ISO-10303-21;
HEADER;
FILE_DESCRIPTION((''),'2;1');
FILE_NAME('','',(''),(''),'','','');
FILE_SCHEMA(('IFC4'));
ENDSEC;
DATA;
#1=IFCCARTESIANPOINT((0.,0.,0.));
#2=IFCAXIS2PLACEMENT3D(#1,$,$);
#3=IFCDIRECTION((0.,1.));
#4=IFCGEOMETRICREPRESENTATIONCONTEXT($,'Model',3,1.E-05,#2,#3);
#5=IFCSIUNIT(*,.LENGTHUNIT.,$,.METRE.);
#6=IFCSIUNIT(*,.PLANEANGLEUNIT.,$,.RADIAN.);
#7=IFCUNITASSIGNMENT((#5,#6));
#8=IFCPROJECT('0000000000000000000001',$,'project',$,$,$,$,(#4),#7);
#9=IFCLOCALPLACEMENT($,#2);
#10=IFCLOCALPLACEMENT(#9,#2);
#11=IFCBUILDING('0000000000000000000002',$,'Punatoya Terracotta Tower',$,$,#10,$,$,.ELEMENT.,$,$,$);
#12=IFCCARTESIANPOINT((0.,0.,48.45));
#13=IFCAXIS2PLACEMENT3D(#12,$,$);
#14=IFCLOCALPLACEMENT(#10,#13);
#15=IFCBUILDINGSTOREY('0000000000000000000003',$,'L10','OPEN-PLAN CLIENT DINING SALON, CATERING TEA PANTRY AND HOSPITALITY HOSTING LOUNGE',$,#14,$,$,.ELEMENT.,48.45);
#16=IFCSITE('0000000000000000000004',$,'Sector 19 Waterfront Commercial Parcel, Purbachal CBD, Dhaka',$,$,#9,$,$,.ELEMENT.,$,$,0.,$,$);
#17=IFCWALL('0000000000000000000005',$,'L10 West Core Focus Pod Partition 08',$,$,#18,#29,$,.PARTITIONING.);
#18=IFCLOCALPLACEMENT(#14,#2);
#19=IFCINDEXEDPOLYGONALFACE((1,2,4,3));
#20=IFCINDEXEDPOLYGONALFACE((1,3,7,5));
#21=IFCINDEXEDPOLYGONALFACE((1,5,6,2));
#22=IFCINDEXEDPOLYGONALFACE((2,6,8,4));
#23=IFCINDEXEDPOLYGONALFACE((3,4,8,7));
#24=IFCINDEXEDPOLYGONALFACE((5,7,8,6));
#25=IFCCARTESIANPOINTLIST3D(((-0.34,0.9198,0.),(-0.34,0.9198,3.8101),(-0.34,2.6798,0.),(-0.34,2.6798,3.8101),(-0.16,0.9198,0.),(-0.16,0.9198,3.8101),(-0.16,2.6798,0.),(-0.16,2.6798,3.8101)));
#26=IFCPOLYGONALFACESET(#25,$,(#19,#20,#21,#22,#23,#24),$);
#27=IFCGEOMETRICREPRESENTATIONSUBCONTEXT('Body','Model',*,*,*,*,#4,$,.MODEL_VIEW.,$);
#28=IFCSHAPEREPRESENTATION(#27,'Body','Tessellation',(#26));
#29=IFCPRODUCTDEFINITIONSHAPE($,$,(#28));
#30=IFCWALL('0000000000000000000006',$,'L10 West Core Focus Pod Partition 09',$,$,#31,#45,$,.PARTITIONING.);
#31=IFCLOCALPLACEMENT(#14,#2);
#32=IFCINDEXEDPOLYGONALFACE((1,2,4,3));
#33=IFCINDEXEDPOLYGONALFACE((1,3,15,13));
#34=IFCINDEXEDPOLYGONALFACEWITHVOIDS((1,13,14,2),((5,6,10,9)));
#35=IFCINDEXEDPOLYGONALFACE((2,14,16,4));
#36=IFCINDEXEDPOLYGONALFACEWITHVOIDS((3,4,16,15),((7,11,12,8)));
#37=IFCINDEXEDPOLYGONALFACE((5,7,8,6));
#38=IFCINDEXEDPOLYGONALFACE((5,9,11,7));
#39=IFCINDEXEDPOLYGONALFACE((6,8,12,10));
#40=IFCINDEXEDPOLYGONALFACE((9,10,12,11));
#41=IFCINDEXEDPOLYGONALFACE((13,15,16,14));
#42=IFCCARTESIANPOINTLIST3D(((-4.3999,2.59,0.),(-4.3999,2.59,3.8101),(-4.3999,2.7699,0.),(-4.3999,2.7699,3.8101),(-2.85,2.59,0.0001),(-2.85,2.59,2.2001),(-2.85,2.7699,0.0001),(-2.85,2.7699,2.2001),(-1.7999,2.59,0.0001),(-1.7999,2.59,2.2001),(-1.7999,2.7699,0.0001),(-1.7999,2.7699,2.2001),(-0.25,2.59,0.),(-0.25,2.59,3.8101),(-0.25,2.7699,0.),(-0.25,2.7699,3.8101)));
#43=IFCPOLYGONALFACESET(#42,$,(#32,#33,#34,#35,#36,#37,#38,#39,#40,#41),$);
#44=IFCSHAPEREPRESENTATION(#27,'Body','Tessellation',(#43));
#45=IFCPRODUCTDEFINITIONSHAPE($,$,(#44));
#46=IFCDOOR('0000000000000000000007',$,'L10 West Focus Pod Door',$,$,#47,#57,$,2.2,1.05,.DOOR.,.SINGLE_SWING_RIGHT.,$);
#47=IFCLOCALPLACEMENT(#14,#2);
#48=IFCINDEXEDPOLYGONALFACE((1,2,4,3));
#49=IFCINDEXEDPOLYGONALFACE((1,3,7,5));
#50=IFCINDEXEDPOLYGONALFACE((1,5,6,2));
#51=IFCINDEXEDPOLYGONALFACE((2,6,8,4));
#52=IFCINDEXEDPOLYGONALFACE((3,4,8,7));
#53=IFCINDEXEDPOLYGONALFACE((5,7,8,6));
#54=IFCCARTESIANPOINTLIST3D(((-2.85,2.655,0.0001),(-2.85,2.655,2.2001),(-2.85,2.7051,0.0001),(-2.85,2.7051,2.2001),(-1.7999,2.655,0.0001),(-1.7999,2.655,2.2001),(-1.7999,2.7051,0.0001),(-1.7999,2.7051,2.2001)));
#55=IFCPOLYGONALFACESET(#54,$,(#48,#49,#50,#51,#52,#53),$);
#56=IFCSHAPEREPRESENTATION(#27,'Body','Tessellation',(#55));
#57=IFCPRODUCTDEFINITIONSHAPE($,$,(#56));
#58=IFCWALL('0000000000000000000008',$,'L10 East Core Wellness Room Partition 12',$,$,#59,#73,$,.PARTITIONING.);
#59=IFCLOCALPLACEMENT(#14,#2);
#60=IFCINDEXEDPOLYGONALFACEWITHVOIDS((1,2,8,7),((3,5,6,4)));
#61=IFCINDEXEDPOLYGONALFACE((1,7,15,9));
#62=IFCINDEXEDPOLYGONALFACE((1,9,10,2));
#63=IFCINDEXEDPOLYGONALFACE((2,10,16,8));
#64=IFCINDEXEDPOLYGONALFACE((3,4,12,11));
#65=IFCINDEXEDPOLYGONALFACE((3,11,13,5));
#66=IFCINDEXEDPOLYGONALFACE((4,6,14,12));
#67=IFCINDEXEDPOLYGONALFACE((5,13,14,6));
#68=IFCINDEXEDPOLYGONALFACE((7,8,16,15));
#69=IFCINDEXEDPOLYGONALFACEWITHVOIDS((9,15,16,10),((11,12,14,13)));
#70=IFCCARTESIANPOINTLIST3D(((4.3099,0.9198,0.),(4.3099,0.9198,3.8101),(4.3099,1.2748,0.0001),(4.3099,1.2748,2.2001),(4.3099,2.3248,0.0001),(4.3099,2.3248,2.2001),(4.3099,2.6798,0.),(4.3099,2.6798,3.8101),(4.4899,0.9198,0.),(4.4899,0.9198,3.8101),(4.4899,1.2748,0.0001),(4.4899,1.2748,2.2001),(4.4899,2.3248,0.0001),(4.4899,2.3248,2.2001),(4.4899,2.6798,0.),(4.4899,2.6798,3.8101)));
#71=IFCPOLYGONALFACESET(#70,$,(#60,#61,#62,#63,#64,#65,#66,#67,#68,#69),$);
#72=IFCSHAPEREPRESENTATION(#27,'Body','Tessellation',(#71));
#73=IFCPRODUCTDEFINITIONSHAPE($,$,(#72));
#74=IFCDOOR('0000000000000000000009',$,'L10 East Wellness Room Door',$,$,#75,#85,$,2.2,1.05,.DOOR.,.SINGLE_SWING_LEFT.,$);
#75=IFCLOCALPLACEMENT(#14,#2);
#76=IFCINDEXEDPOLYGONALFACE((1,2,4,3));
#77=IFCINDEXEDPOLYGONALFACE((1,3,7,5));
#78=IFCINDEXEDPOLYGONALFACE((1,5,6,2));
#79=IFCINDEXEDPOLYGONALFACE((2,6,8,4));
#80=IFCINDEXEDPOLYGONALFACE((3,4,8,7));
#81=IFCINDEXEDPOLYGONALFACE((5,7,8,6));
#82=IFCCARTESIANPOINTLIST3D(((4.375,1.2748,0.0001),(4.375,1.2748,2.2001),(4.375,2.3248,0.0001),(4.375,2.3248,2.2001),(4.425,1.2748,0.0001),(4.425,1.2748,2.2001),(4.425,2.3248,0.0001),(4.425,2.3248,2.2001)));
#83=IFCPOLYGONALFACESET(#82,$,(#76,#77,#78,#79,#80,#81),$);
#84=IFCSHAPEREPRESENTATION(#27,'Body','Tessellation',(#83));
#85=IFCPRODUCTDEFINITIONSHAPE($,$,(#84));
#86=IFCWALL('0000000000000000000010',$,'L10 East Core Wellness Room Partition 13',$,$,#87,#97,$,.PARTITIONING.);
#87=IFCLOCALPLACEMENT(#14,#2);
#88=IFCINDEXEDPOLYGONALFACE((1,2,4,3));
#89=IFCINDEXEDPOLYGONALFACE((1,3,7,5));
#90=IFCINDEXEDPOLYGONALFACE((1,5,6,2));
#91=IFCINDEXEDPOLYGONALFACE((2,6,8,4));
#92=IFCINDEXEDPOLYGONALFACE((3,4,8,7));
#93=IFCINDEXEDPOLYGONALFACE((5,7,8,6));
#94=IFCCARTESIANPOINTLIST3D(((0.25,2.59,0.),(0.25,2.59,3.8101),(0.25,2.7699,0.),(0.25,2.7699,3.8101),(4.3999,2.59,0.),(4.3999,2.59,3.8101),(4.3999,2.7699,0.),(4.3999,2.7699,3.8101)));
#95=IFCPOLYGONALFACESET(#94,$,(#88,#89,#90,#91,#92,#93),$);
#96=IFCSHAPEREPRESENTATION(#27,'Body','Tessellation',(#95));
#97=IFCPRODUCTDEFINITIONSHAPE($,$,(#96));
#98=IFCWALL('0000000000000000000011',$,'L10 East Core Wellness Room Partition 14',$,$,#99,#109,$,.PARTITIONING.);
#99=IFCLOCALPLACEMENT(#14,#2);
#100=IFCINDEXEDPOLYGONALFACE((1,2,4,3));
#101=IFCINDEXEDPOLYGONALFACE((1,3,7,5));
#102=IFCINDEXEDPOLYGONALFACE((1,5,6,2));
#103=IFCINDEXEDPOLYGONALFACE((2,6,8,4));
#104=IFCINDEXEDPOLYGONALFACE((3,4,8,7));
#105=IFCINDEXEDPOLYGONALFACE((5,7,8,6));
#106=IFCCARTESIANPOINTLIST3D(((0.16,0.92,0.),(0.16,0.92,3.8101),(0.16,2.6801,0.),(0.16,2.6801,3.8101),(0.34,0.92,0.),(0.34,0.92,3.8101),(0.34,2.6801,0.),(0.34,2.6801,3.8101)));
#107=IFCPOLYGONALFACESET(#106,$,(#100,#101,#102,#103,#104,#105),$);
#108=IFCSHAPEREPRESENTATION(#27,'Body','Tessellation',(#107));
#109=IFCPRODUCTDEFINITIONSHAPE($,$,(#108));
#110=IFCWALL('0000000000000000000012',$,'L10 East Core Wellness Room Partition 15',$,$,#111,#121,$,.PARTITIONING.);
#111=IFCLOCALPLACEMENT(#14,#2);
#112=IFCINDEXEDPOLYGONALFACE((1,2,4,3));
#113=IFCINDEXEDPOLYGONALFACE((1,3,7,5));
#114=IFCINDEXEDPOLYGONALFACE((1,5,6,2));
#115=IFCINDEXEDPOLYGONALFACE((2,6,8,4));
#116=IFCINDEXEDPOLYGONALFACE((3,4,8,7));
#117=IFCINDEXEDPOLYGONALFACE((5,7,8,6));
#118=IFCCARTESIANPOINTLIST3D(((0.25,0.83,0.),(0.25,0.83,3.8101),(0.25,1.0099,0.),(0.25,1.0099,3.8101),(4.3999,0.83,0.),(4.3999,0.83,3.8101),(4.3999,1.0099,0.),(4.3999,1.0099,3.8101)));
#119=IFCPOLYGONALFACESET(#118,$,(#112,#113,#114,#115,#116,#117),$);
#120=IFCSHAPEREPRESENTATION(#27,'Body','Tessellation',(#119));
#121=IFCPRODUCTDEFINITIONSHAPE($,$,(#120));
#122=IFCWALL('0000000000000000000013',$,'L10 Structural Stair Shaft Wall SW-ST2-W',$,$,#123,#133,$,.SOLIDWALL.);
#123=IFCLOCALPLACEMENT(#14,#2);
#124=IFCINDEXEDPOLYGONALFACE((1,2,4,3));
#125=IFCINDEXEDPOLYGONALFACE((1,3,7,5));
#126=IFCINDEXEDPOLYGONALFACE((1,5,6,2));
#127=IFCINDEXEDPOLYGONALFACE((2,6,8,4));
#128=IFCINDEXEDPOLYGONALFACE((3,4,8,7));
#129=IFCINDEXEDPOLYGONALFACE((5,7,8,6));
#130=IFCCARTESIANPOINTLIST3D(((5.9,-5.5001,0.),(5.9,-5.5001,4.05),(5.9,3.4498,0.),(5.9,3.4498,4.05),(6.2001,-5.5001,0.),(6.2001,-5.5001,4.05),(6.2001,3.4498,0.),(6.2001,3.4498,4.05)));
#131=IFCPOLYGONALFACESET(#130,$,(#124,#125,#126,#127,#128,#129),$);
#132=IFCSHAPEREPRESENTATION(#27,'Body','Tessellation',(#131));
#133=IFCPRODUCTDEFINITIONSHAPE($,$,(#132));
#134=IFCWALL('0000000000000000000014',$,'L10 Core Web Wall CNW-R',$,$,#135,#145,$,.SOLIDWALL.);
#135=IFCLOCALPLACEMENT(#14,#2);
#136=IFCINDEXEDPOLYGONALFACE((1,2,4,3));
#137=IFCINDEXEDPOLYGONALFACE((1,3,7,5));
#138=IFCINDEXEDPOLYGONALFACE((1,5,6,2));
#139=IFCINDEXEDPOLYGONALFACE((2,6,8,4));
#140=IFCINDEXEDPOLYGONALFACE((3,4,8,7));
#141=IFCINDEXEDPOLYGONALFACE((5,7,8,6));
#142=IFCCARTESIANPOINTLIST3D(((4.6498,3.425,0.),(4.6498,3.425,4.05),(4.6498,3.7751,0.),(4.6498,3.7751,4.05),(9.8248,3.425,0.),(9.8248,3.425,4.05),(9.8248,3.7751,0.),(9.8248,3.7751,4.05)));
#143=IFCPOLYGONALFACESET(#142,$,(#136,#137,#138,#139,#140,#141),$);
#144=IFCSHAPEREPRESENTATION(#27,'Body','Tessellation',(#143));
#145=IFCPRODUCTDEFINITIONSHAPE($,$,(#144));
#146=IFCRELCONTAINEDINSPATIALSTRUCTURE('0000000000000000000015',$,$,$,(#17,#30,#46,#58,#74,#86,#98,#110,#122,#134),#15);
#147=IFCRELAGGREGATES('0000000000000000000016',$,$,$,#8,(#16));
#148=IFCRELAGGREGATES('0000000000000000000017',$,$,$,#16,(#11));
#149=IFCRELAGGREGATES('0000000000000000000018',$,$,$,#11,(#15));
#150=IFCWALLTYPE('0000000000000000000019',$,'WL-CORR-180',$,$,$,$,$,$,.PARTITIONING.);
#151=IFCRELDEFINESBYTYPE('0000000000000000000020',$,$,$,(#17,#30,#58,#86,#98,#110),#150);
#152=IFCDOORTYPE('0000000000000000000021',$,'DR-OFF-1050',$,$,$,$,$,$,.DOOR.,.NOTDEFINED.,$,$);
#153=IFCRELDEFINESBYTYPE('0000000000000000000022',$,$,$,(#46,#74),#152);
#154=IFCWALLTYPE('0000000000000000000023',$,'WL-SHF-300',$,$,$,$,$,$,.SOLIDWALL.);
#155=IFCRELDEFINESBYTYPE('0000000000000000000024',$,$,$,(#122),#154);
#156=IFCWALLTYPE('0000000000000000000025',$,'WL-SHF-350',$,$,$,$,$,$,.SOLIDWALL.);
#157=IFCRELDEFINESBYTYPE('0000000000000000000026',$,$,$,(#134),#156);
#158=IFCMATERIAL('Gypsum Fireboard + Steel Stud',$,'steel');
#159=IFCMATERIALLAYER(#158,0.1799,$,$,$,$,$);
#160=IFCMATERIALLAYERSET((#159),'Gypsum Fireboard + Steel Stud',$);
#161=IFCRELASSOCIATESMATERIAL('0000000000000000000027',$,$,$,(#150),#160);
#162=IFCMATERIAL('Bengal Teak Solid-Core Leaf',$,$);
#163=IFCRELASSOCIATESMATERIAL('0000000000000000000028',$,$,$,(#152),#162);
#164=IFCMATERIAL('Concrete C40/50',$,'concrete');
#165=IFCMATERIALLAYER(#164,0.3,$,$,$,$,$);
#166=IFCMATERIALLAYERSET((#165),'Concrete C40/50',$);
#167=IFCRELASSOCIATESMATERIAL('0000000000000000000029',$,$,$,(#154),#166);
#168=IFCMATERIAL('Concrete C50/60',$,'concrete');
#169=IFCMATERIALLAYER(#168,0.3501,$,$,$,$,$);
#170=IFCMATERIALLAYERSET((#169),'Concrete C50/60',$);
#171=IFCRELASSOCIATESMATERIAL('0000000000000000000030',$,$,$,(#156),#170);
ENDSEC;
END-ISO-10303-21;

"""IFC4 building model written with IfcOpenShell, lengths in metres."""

from ifc_helpers import new_model, si_unit, direction, frame, frame_2d, origin, place, context, subcontext, project, spatial, rectangle, extrude, material, layer, layer_set, type_object, element, fill, save


model = new_model("IFC4")

# Units and contexts
model_context = context("Model", 3, precision=1e-05, world=origin(), true_north=direction((0.0, 1.0)))
body_context = subcontext(model_context, "Body", "Model", "MODEL_VIEW")
ifc_project = project(units=[si_unit("LENGTHUNIT", "METRE"), si_unit("PLANEANGLEUNIT", "RADIAN")], contexts=[model_context])

# Site, building, storey
site_placement = place(None, origin())
site = spatial("IfcSite", under=ifc_project, at=site_placement, Name="Sector 19 Waterfront Commercial Parcel, Purbachal CBD, Dhaka", CompositionType="ELEMENT", RefElevation=0.0)
building_placement = place(site_placement, origin())
building = spatial("IfcBuilding", under=site, at=building_placement, Name="Punatoya Terracotta Tower", CompositionType="ELEMENT")
storey_placement = place(building_placement, frame((0.0, 0.0, 48.45)))
storey = spatial("IfcBuildingStorey", under=building, at=storey_placement, Name="L10", Description="OPEN-PLAN CLIENT DINING SALON, CATERING TEA PANTRY AND HOSPITALITY HOSTING LOUNGE", CompositionType="ELEMENT", Elevation=48.45)

# Wall
ifc_material_1 = material(Name="Gypsum Fireboard + Steel Stud", Category="steel")
ifc_layer_1 = layer(ifc_material_1, 0.1799)
ifc_layer_set_1 = layer_set([ifc_layer_1], Name="Gypsum Fireboard + Steel Stud")
wall_type_1 = type_object("IfcWallType", Name="WL-CORR-180", PredefinedType="PARTITIONING", material=ifc_layer_set_1)
wall_1_placement = place(storey_placement, frame((-0.25, 0.9199, 0.0), z_axis=(0.0, 0.0, 1.0), x_axis=(0.0, 1.0, 0.0)))
element("IfcWall", 1, at=wall_1_placement, inside=storey, type_object=wall_type_1, Name="L10 West Core Focus Pod Partition 08", PredefinedType="PARTITIONING", context=body_context, shape_type="SweptSolid", body=[
    extrude(rectangle(XDim=1.76, YDim=0.1799, at=frame_2d((0.8799, 0.0))), origin(), (0.0, 0.0, 1.0), 3.8101),
])

# Walls, openings, doors
wall_2_placement = place(storey_placement, frame((-0.25, 2.6799, 0.0), z_axis=(0.0, 0.0, 1.0), x_axis=(-1.0, 0.0, 0.0)))
wall_2 = element("IfcWall", 2, at=wall_2_placement, inside=storey, type_object=wall_type_1, Name="L10 West Core Focus Pod Partition 09", PredefinedType="PARTITIONING", context=body_context, shape_type="SweptSolid", body=[
    extrude(rectangle(XDim=4.1499, YDim=0.1799, at=frame_2d((2.075, 0.0))), origin(), (0.0, 0.0, 1.0), 3.8101),
])
opening_1_placement = place(wall_2_placement, frame((1.55, 0.0, 0.0)))
opening_1 = element("IfcOpeningElement", 3, at=opening_1_placement, cuts=wall_2, PredefinedType="OPENING", context=body_context, shape_type="SweptSolid", body=[
    extrude(rectangle(XDim=1.05, YDim=2.2, at=frame_2d((0.5249, 1.1001))), frame((0.0, 0.0999, 0.0), z_axis=(0.0, -1.0, 0.0), x_axis=(1.0, 0.0, 0.0)), (0.0, 0.0, 1.0), 0.2),
])
ifc_material_2 = material(Name="Bengal Teak Solid-Core Leaf")
door_type = type_object("IfcDoorType", Name="DR-OFF-1050", OperationType="NOTDEFINED", PredefinedType="DOOR", material=ifc_material_2)
door_1_placement = place(opening_1_placement, origin())
door_1 = element("IfcDoor", 4, at=door_1_placement, inside=storey, type_object=door_type, Name="L10 West Focus Pod Door", OperationType="SINGLE_SWING_RIGHT", OverallHeight=2.2, OverallWidth=1.05, PredefinedType="DOOR", context=body_context, shape_type="SweptSolid", body=[
    extrude(rectangle(XDim=1.05, YDim=2.2, at=frame_2d((0.5249, 1.1001))), frame((0.0, 0.0249, 0.0), z_axis=(0.0, -1.0, 0.0), x_axis=(1.0, 0.0, 0.0)), (0.0, 0.0, 1.0), 0.05),
])
fill(opening_1, door_1)
wall_3_placement = place(storey_placement, frame((4.3999, 0.9199, 0.0), z_axis=(0.0, 0.0, 1.0), x_axis=(0.0, 1.0, 0.0)))
wall_3 = element("IfcWall", 5, at=wall_3_placement, inside=storey, type_object=wall_type_1, Name="L10 East Core Wellness Room Partition 12", PredefinedType="PARTITIONING", context=body_context, shape_type="SweptSolid", body=[
    extrude(rectangle(XDim=1.76, YDim=0.1799, at=frame_2d((0.8799, 0.0))), origin(), (0.0, 0.0, 1.0), 3.8101),
])
opening_2_placement = place(wall_3_placement, frame((0.355, 0.0, 0.0)))
opening_2 = element("IfcOpeningElement", 6, at=opening_2_placement, cuts=wall_3, PredefinedType="OPENING", context=body_context, shape_type="SweptSolid", body=[
    extrude(rectangle(XDim=1.05, YDim=2.2, at=frame_2d((0.5249, 1.1001))), frame((0.0, 0.0999, 0.0), z_axis=(0.0, -1.0, 0.0), x_axis=(1.0, 0.0, 0.0)), (0.0, 0.0, 1.0), 0.2),
])
door_2_placement = place(opening_2_placement, origin())
door_2 = element("IfcDoor", 7, at=door_2_placement, inside=storey, type_object=door_type, Name="L10 East Wellness Room Door", OperationType="SINGLE_SWING_LEFT", OverallHeight=2.2, OverallWidth=1.05, PredefinedType="DOOR", context=body_context, shape_type="SweptSolid", body=[
    extrude(rectangle(XDim=1.05, YDim=2.2, at=frame_2d((0.5249, 1.1001))), frame((0.0, 0.0249, 0.0), z_axis=(0.0, -1.0, 0.0), x_axis=(1.0, 0.0, 0.0)), (0.0, 0.0, 1.0), 0.05),
])
fill(opening_2, door_2)

# Walls
wall_4_placement = place(storey_placement, frame((4.3999, 2.6799, 0.0), z_axis=(0.0, 0.0, 1.0), x_axis=(-1.0, 0.0, 0.0)))
element("IfcWall", 8, at=wall_4_placement, inside=storey, type_object=wall_type_1, Name="L10 East Core Wellness Room Partition 13", PredefinedType="PARTITIONING", context=body_context, shape_type="SweptSolid", body=[
    extrude(rectangle(XDim=4.1499, YDim=0.1799, at=frame_2d((2.075, 0.0))), origin(), (0.0, 0.0, 1.0), 3.8101),
])
wall_5_placement = place(storey_placement, frame((0.25, 2.6799, 0.0), z_axis=(0.0, 0.0, 1.0), x_axis=(0.0, -1.0, 0.0)))
element("IfcWall", 9, at=wall_5_placement, inside=storey, type_object=wall_type_1, Name="L10 East Core Wellness Room Partition 14", PredefinedType="PARTITIONING", context=body_context, shape_type="SweptSolid", body=[
    extrude(rectangle(XDim=1.76, YDim=0.1799, at=frame_2d((0.8799, 0.0))), origin(), (0.0, 0.0, 1.0), 3.8101),
])
wall_6_placement = place(storey_placement, frame((0.25, 0.9199, 0.0), z_axis=(0.0, 0.0, 1.0), x_axis=(1.0, 0.0, 0.0)))
element("IfcWall", 10, at=wall_6_placement, inside=storey, type_object=wall_type_1, Name="L10 East Core Wellness Room Partition 15", PredefinedType="PARTITIONING", context=body_context, shape_type="SweptSolid", body=[
    extrude(rectangle(XDim=4.1499, YDim=0.1799, at=frame_2d((2.075, 0.0))), origin(), (0.0, 0.0, 1.0), 3.8101),
])
ifc_material_3 = material(Name="Concrete C40/50", Category="concrete")
ifc_layer_2 = layer(ifc_material_3, 0.3)
ifc_layer_set_2 = layer_set([ifc_layer_2], Name="Concrete C40/50")
wall_type_2 = type_object("IfcWallType", Name="WL-SHF-300", PredefinedType="SOLIDWALL", material=ifc_layer_set_2)
wall_7_placement = place(storey_placement, frame((6.05, 3.45, 0.0), z_axis=(0.0, 0.0, 1.0), x_axis=(0.0, -1.0, 0.0)))
element("IfcWall", 11, at=wall_7_placement, inside=storey, type_object=wall_type_2, Name="L10 Structural Stair Shaft Wall SW-ST2-W", PredefinedType="SOLIDWALL", context=body_context, shape_type="SweptSolid", body=[
    extrude(rectangle(XDim=8.95, YDim=0.3, at=frame_2d((4.4751, 0.0))), origin(), (0.0, 0.0, 1.0), 4.05),
])
ifc_material_4 = material(Name="Concrete C50/60", Category="concrete")
ifc_layer_3 = layer(ifc_material_4, 0.3501)
ifc_layer_set_3 = layer_set([ifc_layer_3], Name="Concrete C50/60")
wall_type_3 = type_object("IfcWallType", Name="WL-SHF-350", PredefinedType="SOLIDWALL", material=ifc_layer_set_3)
wall_8_placement = place(storey_placement, frame((4.6499, 3.6001, 0.0), z_axis=(0.0, 0.0, 1.0), x_axis=(1.0, 0.0, 0.0)))
element("IfcWall", 12, at=wall_8_placement, inside=storey, type_object=wall_type_3, Name="L10 Core Web Wall CNW-R", PredefinedType="SOLIDWALL", context=body_context, shape_type="SweptSolid", body=[
    extrude(rectangle(XDim=5.175, YDim=0.3501, at=frame_2d((2.5874, 0.0))), origin(), (0.0, 0.0, 1.0), 4.05),
])

save(model, "model.ifc")
